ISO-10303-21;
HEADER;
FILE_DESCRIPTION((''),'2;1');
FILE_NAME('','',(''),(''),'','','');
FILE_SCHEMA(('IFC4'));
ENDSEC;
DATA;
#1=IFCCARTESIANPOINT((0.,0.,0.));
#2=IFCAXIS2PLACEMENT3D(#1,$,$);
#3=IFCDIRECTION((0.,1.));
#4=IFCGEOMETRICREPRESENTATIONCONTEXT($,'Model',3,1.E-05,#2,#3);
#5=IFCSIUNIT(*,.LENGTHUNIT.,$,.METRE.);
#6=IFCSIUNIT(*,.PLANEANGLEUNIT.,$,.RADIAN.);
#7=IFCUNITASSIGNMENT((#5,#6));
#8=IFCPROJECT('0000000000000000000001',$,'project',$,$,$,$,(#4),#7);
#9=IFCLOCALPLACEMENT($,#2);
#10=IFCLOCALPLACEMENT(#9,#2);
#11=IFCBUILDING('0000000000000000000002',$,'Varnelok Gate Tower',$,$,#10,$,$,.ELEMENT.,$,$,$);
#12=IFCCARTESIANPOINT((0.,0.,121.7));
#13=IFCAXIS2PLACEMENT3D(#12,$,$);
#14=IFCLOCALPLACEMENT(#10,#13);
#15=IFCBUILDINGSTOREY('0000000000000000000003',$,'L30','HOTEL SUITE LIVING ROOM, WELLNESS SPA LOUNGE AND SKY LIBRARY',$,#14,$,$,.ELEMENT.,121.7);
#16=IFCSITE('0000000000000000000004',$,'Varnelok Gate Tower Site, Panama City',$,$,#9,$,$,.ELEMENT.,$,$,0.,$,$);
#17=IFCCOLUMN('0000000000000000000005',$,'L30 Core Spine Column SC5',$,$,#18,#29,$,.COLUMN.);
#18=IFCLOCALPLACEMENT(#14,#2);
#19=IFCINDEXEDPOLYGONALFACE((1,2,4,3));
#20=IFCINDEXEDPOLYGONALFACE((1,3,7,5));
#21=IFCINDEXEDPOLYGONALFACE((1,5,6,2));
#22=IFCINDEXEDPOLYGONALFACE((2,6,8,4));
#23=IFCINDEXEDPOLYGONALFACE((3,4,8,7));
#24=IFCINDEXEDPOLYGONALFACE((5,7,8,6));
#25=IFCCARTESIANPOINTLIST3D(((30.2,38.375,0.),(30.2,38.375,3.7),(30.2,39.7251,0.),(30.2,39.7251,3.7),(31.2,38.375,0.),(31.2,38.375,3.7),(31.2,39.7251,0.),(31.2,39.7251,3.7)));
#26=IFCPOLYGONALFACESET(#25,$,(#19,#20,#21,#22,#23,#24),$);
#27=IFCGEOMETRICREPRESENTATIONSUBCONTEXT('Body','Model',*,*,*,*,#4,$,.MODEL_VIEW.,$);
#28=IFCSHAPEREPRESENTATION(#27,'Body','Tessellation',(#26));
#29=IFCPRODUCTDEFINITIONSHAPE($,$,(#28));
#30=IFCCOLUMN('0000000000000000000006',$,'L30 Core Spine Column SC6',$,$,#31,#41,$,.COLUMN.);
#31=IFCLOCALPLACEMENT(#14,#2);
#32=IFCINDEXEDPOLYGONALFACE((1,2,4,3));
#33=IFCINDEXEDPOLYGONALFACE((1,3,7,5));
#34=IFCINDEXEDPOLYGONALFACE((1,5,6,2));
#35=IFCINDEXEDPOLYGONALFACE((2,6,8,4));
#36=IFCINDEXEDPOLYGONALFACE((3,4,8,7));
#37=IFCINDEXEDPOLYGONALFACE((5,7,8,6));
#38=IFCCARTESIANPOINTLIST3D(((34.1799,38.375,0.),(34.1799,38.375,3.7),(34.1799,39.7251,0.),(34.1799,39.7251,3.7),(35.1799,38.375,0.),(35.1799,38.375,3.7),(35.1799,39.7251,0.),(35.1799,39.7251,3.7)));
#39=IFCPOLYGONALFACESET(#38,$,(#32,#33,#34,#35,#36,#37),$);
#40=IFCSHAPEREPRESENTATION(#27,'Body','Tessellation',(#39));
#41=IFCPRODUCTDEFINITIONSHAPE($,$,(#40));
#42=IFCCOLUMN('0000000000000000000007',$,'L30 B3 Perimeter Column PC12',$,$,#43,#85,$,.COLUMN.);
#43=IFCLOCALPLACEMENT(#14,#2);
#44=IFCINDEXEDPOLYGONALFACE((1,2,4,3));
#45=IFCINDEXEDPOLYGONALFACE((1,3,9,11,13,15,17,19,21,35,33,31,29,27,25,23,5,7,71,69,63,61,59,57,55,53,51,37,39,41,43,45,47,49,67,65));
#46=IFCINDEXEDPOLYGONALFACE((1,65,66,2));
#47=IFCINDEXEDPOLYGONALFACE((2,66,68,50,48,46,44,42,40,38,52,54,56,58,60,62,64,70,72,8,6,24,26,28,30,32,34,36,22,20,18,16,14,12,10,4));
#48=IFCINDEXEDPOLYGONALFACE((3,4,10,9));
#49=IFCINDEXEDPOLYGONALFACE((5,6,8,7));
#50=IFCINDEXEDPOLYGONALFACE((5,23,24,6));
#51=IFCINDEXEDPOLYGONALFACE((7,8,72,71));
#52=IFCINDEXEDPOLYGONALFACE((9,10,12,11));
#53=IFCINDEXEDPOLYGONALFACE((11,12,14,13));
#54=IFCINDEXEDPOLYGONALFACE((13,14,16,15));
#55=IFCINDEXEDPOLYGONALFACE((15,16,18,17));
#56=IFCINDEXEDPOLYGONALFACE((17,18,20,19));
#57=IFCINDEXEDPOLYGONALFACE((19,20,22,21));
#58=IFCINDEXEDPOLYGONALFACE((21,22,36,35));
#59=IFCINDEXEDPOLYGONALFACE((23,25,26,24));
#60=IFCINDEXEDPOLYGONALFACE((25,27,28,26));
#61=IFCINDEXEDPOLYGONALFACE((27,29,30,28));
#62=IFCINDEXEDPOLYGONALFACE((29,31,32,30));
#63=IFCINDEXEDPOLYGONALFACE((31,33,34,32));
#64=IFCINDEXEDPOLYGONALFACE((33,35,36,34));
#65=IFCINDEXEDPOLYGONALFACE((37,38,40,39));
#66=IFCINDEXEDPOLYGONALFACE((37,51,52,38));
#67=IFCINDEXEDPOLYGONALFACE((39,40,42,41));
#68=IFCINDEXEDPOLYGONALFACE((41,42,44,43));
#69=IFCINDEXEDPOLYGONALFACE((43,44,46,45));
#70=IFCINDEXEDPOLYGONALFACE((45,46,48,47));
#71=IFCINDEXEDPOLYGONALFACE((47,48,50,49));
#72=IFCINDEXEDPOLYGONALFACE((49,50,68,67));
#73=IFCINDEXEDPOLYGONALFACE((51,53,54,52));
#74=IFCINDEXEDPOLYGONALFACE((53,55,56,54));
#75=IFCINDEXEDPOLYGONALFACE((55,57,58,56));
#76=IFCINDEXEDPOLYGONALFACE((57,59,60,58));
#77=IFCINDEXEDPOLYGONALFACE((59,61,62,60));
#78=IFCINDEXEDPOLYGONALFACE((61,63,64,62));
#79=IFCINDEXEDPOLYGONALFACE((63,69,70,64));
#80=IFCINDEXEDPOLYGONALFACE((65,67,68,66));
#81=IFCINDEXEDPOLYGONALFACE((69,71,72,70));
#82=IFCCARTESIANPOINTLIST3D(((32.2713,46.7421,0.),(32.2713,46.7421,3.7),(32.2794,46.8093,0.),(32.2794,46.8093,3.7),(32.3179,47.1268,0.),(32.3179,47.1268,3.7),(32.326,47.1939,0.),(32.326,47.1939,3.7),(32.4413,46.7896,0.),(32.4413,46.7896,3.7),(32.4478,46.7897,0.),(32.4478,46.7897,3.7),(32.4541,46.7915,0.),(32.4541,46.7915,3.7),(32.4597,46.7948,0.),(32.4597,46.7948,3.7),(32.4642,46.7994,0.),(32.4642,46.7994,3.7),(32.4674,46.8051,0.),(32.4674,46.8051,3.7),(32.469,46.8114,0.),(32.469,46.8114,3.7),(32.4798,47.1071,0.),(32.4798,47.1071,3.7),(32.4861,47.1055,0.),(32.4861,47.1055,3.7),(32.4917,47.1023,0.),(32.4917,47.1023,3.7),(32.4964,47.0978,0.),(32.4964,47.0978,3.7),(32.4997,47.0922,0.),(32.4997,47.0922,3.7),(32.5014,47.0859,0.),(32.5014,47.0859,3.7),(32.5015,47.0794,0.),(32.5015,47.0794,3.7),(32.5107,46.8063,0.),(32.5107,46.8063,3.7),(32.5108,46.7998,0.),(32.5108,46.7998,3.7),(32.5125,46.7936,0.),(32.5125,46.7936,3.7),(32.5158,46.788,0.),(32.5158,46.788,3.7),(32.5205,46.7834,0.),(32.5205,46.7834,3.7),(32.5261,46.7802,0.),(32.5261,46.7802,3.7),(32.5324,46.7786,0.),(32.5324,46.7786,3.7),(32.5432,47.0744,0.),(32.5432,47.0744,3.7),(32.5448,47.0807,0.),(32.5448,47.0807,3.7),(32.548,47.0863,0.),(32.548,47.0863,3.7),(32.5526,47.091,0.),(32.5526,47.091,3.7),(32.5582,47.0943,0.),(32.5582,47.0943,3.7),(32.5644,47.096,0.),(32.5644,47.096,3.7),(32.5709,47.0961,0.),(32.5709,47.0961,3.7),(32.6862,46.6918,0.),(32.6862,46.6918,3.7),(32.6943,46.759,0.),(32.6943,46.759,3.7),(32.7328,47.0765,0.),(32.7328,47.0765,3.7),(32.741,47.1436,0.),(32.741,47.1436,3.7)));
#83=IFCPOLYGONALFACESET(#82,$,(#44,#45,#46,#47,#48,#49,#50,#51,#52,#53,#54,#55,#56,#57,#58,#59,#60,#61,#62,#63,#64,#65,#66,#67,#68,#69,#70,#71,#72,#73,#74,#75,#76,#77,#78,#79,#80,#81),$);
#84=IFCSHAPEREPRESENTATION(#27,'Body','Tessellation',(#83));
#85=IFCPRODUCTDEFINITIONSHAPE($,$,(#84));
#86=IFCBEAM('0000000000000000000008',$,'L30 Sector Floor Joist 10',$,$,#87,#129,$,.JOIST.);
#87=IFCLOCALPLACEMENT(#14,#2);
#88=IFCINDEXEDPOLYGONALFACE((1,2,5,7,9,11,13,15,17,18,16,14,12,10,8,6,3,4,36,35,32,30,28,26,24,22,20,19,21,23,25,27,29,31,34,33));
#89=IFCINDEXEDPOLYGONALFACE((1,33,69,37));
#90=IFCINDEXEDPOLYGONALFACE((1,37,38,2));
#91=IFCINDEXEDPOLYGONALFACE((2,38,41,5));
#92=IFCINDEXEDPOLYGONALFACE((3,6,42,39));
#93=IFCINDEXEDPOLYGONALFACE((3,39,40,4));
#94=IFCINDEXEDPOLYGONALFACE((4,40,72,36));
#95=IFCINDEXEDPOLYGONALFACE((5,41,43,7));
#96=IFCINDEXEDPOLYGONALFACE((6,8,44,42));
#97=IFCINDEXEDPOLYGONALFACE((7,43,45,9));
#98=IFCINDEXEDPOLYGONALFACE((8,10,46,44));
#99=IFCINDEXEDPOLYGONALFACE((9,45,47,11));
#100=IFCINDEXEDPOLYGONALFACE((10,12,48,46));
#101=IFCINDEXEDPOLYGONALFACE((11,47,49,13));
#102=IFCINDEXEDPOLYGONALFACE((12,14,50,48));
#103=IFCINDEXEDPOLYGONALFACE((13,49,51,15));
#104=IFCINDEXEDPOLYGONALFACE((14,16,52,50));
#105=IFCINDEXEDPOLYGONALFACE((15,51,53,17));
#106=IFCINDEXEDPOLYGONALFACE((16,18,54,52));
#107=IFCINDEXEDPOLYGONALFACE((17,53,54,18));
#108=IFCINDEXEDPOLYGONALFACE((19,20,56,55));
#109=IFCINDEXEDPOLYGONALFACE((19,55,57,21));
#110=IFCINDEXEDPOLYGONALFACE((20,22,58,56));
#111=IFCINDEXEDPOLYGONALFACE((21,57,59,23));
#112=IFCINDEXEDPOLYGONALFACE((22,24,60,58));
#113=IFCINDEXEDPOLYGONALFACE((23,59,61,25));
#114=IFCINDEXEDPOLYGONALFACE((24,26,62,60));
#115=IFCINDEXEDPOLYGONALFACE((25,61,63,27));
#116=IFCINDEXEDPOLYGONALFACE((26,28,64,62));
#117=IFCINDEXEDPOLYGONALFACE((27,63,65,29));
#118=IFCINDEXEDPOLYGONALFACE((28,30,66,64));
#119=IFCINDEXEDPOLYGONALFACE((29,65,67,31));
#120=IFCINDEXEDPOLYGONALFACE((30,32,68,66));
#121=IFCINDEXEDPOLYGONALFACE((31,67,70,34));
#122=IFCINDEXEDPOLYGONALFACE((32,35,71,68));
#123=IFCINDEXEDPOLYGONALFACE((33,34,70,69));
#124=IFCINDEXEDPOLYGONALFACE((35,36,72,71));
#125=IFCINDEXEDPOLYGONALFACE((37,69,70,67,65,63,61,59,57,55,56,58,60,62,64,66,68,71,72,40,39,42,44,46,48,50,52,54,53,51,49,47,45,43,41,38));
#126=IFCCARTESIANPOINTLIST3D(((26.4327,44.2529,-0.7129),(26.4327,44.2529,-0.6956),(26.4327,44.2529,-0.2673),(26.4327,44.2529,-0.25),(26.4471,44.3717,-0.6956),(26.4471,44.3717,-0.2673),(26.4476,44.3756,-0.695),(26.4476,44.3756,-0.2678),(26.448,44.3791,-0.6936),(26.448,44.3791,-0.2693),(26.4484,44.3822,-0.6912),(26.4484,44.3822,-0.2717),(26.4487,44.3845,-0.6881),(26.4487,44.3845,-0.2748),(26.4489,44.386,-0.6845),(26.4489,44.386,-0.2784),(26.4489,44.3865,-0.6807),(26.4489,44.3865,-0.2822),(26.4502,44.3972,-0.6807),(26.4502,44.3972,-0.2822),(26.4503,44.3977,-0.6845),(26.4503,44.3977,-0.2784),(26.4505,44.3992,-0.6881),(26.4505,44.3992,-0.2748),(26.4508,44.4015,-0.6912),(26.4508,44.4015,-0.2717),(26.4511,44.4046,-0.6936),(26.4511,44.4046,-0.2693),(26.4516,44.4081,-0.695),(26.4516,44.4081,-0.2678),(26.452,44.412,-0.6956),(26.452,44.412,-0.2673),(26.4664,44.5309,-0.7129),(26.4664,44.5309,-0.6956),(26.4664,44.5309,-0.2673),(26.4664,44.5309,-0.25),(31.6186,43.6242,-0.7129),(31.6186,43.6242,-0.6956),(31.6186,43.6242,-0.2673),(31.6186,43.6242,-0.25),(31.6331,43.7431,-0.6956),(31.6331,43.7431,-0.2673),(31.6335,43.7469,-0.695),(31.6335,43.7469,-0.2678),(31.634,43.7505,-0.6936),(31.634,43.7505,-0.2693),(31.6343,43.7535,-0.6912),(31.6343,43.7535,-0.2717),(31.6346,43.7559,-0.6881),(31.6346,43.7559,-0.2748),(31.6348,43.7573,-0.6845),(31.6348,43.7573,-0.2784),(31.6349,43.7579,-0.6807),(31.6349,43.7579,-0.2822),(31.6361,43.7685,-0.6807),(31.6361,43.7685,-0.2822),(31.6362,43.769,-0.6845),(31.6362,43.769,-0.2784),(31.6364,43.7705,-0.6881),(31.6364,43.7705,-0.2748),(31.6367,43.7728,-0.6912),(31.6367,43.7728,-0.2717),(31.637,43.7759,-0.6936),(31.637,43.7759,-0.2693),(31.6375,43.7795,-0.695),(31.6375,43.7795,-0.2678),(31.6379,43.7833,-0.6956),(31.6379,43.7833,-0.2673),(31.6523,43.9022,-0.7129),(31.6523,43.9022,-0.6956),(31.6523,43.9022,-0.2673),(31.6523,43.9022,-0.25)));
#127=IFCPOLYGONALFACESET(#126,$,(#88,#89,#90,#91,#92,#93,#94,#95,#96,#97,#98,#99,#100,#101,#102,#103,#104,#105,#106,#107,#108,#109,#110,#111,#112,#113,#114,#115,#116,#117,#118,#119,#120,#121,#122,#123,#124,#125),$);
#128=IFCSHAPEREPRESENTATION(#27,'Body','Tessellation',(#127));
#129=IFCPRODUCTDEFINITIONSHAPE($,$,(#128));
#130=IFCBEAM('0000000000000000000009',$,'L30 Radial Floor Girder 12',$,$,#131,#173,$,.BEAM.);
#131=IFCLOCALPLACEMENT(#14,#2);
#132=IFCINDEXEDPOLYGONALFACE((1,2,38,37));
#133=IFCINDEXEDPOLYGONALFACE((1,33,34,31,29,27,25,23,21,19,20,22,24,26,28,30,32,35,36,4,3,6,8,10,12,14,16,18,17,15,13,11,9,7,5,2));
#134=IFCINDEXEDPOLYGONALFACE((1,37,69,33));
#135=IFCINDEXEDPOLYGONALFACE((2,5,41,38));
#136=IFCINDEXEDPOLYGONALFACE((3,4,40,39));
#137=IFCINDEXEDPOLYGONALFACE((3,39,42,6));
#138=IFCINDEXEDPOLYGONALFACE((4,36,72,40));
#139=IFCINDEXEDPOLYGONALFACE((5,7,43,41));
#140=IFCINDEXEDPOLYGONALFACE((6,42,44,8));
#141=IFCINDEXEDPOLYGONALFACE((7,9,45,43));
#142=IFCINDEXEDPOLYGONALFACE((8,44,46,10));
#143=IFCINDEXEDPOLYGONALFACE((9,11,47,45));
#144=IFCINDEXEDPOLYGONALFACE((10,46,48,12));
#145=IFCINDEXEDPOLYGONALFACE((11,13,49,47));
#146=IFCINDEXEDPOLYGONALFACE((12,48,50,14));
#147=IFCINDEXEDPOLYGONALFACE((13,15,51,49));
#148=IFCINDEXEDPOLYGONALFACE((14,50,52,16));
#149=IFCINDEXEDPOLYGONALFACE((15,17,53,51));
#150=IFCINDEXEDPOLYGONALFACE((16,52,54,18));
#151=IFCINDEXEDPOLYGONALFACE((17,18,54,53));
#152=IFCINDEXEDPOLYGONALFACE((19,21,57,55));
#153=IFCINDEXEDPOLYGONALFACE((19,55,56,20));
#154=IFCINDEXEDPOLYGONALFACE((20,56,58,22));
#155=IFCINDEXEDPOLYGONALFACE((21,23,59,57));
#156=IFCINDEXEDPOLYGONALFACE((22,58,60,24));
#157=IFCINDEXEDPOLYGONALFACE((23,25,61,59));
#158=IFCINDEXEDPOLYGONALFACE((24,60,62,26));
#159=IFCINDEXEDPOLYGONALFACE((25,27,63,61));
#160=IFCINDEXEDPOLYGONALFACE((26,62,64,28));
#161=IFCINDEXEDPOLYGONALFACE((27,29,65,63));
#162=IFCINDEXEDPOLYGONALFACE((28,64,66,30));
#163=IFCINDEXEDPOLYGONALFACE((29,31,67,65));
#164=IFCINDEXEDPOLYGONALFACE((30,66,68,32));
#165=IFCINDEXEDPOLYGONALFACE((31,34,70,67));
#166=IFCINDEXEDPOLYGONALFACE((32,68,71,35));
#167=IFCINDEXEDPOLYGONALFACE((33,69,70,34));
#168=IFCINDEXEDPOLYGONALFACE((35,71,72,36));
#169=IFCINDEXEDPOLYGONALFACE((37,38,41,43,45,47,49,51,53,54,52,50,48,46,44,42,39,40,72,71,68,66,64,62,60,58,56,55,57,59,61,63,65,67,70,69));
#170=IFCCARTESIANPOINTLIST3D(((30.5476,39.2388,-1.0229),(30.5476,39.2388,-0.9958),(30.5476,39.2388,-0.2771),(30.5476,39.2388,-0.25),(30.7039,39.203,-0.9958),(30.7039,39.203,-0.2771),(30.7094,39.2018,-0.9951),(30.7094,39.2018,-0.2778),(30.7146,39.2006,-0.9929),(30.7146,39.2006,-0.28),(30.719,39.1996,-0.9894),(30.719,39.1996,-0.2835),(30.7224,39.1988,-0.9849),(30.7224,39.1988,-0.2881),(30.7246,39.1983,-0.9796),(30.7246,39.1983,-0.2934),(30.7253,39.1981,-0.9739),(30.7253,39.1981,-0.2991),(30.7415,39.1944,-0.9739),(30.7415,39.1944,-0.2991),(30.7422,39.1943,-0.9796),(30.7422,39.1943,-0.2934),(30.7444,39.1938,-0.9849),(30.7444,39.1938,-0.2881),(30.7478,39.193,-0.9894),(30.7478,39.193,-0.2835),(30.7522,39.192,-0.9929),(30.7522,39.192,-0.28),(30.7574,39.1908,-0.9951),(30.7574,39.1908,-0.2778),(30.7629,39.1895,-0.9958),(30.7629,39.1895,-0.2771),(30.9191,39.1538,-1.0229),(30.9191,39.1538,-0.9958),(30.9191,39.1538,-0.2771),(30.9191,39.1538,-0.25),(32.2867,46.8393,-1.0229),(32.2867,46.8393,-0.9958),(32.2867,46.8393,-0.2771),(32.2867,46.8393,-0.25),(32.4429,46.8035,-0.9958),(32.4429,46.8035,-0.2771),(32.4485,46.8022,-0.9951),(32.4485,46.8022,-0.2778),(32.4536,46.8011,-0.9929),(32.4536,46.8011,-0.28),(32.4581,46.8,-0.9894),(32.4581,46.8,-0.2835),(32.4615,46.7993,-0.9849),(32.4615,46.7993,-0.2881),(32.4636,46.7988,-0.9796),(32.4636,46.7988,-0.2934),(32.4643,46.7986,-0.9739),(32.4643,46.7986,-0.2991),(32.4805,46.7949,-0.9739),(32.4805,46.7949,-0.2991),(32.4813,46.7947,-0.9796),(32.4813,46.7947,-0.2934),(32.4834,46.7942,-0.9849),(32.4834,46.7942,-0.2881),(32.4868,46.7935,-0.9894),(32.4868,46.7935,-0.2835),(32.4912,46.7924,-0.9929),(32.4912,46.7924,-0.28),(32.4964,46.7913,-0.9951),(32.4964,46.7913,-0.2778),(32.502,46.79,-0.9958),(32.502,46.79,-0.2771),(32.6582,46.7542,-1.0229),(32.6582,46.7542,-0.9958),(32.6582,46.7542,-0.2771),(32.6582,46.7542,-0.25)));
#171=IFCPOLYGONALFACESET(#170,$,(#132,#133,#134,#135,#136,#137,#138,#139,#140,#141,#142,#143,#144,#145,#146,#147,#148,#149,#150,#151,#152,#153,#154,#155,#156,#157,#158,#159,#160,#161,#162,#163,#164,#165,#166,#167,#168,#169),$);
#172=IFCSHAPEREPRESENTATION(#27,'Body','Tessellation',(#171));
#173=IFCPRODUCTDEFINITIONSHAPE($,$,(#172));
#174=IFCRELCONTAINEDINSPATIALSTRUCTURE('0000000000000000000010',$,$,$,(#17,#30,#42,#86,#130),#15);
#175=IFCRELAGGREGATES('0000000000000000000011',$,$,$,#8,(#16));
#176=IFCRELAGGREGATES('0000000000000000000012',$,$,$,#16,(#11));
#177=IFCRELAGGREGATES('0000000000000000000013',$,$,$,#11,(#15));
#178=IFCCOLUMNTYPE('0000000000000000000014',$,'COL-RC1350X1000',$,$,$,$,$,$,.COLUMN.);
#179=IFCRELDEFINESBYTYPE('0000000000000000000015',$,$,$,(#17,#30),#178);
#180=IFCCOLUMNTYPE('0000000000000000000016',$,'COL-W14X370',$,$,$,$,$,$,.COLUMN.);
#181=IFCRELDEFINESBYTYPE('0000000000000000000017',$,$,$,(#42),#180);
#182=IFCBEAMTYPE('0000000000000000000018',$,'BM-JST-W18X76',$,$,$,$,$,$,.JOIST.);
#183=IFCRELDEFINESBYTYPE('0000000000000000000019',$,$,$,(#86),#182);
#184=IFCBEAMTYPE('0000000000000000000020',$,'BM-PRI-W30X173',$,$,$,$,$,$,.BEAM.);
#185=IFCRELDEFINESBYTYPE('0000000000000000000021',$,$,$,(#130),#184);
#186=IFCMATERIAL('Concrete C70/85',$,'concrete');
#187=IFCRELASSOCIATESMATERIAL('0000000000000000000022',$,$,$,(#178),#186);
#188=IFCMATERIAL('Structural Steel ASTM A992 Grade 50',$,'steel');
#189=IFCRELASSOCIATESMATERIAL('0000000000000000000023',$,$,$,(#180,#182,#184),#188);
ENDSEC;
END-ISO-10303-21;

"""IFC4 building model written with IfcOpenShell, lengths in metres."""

from ifc_helpers import new_model, si_unit, direction, frame, origin, origin_2d, place, context, subcontext, project, spatial, rectangle, i_section, extrude, material, material_profile, profile_set, type_object, element, save


model = new_model("IFC4")

# Units and contexts
model_context = context("Model", 3, precision=1e-05, world=origin(), true_north=direction((0.0, 1.0)))
body_context = subcontext(model_context, "Body", "Model", "MODEL_VIEW")
ifc_project = project(units=[si_unit("LENGTHUNIT", "METRE"), si_unit("PLANEANGLEUNIT", "RADIAN")], contexts=[model_context])

# Site, building, storey
site_placement = place(None, origin())
site = spatial("IfcSite", under=ifc_project, at=site_placement, Name="Varnelok Gate Tower Site, Panama City", CompositionType="ELEMENT", RefElevation=0.0)
building_placement = place(site_placement, origin())
building = spatial("IfcBuilding", under=site, at=building_placement, Name="Varnelok Gate Tower", CompositionType="ELEMENT")
storey_placement = place(building_placement, frame((0.0, 0.0, 121.7)))
storey = spatial("IfcBuildingStorey", under=building, at=storey_placement, Name="L30", Description="HOTEL SUITE LIVING ROOM, WELLNESS SPA LOUNGE AND SKY LIBRARY", CompositionType="ELEMENT", Elevation=121.7)

# Columns
ifc_material_1 = material(Name="Concrete C70/85", Category="concrete")
ifc_material_profile_1 = material_profile(ifc_material_1, rectangle(XDim=1.0, YDim=1.3501, at=origin_2d()), Name="RC1350X1000")
ifc_profile_set_1 = profile_set([ifc_material_profile_1], Name="Concrete C70/85")
column_type_1 = type_object("IfcColumnType", Name="COL-RC1350X1000", PredefinedType="COLUMN", material=ifc_profile_set_1)
for number, where, z_axis, x_axis, name in (
    (1, (30.7, 39.05, 0.0), (0.0, 0.0, 1.0), (1.0, 0.0, 0.0), "L30 Core Spine Column SC5"),
    (2, (34.6799, 39.05, 0.0), (0.0, 0.0, 1.0), (1.0, 0.0, 0.0), "L30 Core Spine Column SC6"),
):
    element("IfcColumn", number, at=place(storey_placement, frame(where, z_axis=z_axis, x_axis=x_axis)), inside=storey, type_object=column_type_1, Name=name, PredefinedType="COLUMN", context=body_context, shape_type="SweptSolid", body=[
        extrude(rectangle(XDim=1.0, YDim=1.3501, at=origin_2d()), origin(), (0.0, 0.0, 1.0), 3.7),
    ])
ifc_material_2 = material(Name="Structural Steel ASTM A992 Grade 50", Category="steel")
ifc_material_profile_2 = material_profile(ifc_material_2, i_section(OverallWidth=0.418, OverallDepth=0.4551, WebThickness=0.042, FlangeThickness=0.0676, FilletRadius=0.0249, at=origin_2d()), Name="W14X370")
ifc_profile_set_2 = profile_set([ifc_material_profile_2], Name="Structural Steel ASTM A992 Grade 50")
column_type_2 = type_object("IfcColumnType", Name="COL-W14X370", PredefinedType="COLUMN", material=ifc_profile_set_2)
column_placement = place(storey_placement, frame((32.5061, 46.9429, 0.0), z_axis=(0.0, 0.0, 1.0), x_axis=(0.992732, -0.120345, 0.0)))
element("IfcColumn", 3, at=column_placement, inside=storey, type_object=column_type_2, Name="L30 B3 Perimeter Column PC12", PredefinedType="COLUMN", context=body_context, shape_type="SweptSolid", body=[
    extrude(i_section(OverallWidth=0.418, OverallDepth=0.4551, WebThickness=0.042, FlangeThickness=0.0676, FilletRadius=0.0249, at=origin_2d()), origin(), (0.0, 0.0, 1.0), 3.7),
])

# Beams
ifc_material_profile_3 = material_profile(ifc_material_2, i_section(OverallWidth=0.28, OverallDepth=0.4629, WebThickness=0.0107, FlangeThickness=0.0173, FilletRadius=0.0149, at=origin_2d()), Name="W18X76")
ifc_profile_set_3 = profile_set([ifc_material_profile_3], Name="Structural Steel ASTM A992 Grade 50")
beam_type_1 = type_object("IfcBeamType", Name="BM-JST-W18X76", PredefinedType="JOIST", material=ifc_profile_set_3)
beam_1_placement = place(storey_placement, frame((31.6355, 43.7632, -0.4814), z_axis=(-0.992732, 0.120347, 0.0), x_axis=(-0.120347, -0.992732, 0.0)))
element("IfcBeam", 4, at=beam_1_placement, inside=storey, type_object=beam_type_1, Name="L30 Sector Floor Joist 10", PredefinedType="JOIST", context=body_context, shape_type="SweptSolid", body=[
    extrude(i_section(OverallWidth=0.28, OverallDepth=0.4629, WebThickness=0.0107, FlangeThickness=0.0173, FilletRadius=0.0149, at=origin_2d()), origin(), (0.0, 0.0, 1.0), 5.2239),
])
ifc_material_profile_4 = material_profile(ifc_material_2, i_section(OverallWidth=0.3811, OverallDepth=0.7729, WebThickness=0.0166, FlangeThickness=0.0271, FilletRadius=0.022, at=origin_2d()), Name="W30X173")
ifc_profile_set_4 = profile_set([ifc_material_profile_4], Name="Structural Steel ASTM A992 Grade 50")
beam_type_2 = type_object("IfcBeamType", Name="BM-PRI-W30X173", PredefinedType="BEAM", material=ifc_profile_set_4)
beam_2_placement = place(storey_placement, frame((30.7334, 39.1963, -0.6365), z_axis=(0.223043, 0.974809, 0.0), x_axis=(-0.974809, 0.223043, 0.0)))
element("IfcBeam", 5, at=beam_2_placement, inside=storey, type_object=beam_type_2, Name="L30 Radial Floor Girder 12", PredefinedType="BEAM", context=body_context, shape_type="SweptSolid", body=[
    extrude(i_section(OverallWidth=0.3811, OverallDepth=0.7729, WebThickness=0.0166, FlangeThickness=0.0271, FilletRadius=0.022, at=origin_2d()), origin(), (0.0, 0.0, 1.0), 7.7969),
])

save(model, "model.ifc")
